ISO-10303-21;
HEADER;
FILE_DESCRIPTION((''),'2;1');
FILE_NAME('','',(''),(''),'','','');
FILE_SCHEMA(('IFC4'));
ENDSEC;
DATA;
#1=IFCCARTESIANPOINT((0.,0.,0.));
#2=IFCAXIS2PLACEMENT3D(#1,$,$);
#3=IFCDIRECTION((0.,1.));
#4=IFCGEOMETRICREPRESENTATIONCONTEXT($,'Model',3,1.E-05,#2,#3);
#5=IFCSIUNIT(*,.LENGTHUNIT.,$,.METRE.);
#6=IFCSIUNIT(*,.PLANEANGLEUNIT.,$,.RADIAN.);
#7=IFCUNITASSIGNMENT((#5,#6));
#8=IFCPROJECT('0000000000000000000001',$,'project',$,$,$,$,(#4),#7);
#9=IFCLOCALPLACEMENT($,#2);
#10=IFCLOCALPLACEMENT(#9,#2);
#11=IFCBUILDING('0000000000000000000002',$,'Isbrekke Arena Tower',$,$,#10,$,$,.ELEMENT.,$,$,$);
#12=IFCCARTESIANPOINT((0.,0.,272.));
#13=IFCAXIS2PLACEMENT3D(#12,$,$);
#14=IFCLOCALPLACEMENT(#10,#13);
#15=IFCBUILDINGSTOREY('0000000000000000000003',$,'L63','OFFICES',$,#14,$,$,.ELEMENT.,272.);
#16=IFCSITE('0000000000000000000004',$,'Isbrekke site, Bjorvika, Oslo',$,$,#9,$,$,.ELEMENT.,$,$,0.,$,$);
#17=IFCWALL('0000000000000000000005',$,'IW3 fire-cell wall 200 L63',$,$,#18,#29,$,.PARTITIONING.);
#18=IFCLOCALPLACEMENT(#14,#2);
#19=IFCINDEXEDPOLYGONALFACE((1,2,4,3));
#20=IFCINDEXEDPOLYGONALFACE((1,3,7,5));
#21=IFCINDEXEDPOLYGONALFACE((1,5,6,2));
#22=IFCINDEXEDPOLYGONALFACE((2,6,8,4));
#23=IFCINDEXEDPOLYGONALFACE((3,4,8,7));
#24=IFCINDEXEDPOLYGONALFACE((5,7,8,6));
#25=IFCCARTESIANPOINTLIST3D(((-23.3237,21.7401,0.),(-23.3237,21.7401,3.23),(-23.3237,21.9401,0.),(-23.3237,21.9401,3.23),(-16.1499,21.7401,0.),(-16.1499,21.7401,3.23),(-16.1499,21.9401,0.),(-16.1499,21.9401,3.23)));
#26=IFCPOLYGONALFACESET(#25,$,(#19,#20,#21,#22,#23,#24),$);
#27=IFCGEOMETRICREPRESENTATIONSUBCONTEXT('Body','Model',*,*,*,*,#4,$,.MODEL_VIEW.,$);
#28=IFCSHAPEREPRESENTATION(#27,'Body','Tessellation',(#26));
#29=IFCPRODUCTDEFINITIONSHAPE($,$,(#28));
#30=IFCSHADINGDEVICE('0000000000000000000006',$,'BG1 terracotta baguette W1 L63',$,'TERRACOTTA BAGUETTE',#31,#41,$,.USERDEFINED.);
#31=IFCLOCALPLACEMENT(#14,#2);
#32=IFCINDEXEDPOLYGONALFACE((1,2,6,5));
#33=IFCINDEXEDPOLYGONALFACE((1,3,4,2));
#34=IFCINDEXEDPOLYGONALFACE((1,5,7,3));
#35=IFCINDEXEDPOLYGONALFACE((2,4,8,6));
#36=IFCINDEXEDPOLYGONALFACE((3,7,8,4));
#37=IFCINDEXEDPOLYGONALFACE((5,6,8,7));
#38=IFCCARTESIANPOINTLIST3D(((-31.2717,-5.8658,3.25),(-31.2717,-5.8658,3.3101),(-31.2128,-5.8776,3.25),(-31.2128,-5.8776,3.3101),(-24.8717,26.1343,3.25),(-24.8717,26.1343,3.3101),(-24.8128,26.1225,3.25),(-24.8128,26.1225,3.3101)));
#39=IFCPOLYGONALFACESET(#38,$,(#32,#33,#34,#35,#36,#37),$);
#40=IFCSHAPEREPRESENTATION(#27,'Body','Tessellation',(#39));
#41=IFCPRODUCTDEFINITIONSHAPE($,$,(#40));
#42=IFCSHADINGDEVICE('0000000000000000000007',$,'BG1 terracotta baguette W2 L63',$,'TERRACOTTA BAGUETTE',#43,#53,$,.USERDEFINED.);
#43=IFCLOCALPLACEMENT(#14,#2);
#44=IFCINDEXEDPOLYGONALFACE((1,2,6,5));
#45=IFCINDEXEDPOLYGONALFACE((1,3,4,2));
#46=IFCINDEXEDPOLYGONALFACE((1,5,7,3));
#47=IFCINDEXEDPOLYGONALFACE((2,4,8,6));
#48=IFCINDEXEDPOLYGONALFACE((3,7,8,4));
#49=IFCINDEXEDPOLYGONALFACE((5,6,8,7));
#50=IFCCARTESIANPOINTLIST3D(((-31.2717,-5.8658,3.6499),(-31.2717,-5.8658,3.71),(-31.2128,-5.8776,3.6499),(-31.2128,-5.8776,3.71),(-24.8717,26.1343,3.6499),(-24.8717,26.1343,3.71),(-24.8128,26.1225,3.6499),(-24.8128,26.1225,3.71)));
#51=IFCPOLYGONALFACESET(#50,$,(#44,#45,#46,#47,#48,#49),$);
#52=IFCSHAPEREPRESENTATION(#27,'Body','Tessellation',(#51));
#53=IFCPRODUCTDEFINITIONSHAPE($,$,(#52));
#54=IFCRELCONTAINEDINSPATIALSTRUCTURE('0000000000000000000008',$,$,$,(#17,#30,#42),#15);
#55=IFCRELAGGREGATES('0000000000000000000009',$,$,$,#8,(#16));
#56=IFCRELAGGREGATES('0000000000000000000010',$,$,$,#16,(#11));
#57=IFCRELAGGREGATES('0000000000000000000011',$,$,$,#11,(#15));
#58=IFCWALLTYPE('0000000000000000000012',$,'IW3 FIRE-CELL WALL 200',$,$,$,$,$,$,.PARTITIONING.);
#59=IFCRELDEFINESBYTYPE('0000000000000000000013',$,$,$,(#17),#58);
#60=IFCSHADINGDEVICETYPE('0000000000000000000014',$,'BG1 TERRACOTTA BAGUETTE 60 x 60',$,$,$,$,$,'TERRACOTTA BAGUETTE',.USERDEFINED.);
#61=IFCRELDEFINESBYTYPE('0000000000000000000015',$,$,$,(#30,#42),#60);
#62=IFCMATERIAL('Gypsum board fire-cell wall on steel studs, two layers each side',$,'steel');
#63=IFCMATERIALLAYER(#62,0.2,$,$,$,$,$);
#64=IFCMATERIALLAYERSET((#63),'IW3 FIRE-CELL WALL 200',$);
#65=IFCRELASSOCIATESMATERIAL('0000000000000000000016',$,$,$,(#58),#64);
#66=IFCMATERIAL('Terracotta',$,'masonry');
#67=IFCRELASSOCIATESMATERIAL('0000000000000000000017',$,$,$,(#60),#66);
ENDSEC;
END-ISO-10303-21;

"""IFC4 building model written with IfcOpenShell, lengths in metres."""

from ifc_helpers import new_model, si_unit, direction, frame, frame_2d, origin, origin_2d, place, context, subcontext, project, spatial, rectangle, extrude, material, layer, layer_set, material_profile, profile_set, type_object, element, save


model = new_model("IFC4")

# Units and contexts
model_context = context("Model", 3, precision=1e-05, world=origin(), true_north=direction((0.0, 1.0)))
body_context = subcontext(model_context, "Body", "Model", "MODEL_VIEW")
ifc_project = project(units=[si_unit("LENGTHUNIT", "METRE"), si_unit("PLANEANGLEUNIT", "RADIAN")], contexts=[model_context])

# Site, building, storey
site_placement = place(None, origin())
site = spatial("IfcSite", under=ifc_project, at=site_placement, Name="Isbrekke site, Bjorvika, Oslo", CompositionType="ELEMENT", RefElevation=0.0)
building_placement = place(site_placement, origin())
building = spatial("IfcBuilding", under=site, at=building_placement, Name="Isbrekke Arena Tower", CompositionType="ELEMENT")
storey_placement = place(building_placement, frame((0.0, 0.0, 272.0)))
storey = spatial("IfcBuildingStorey", under=building, at=storey_placement, Name="L63", Description="OFFICES", CompositionType="ELEMENT", Elevation=272.0)

# Wall
ifc_material_1 = material(Name="Gypsum board fire-cell wall on steel studs, two layers each side", Category="steel")
ifc_layer_1 = layer(ifc_material_1, 0.2)
ifc_layer_set_1 = layer_set([ifc_layer_1], Name="IW3 FIRE-CELL WALL 200")
wall_type = type_object("IfcWallType", Name="IW3 FIRE-CELL WALL 200", PredefinedType="PARTITIONING", material=ifc_layer_set_1)
wall_1_placement = place(storey_placement, frame((-23.3237, 21.8401, 0.0), z_axis=(0.0, 0.0, 1.0), x_axis=(1.0, 0.0, 0.0)))
element("IfcWall", 1, at=wall_1_placement, inside=storey, type_object=wall_type, Name="IW3 fire-cell wall 200 L63", PredefinedType="PARTITIONING", context=body_context, shape_type="SweptSolid", body=[
    extrude(rectangle(XDim=7.1738, YDim=0.2, at=frame_2d((3.5869, 0.0))), origin(), (0.0, 0.0, 1.0), 3.23),
])

# Shading devices
ifc_material_2 = material(Name="Terracotta", Category="masonry")
ifc_material_profile_1 = material_profile(ifc_material_2, rectangle(XDim=0.0601, YDim=0.0601, at=origin_2d()), Name="BAGUETTE 60X60")
ifc_profile_set_1 = profile_set([ifc_material_profile_1], Name="Terracotta")
shading_device_type = type_object("IfcShadingDeviceType", Name="BG1 TERRACOTTA BAGUETTE 60 x 60", ElementType="TERRACOTTA BAGUETTE", PredefinedType="USERDEFINED", material=ifc_profile_set_1)
for number, where, z_axis, x_axis, name in (
    (2, (-24.8423, 26.1284, 3.28), (-0.196113, -0.980581, 0.0), (0.980581, -0.196113, 0.0), "BG1 terracotta baguette W1 L63"),
    (3, (-24.8423, 26.1284, 3.6799), (-0.196113, -0.980581, 0.0), (0.980581, -0.196113, 0.0), "BG1 terracotta baguette W2 L63"),
):
    element("IfcShadingDevice", number, at=place(storey_placement, frame(where, z_axis=z_axis, x_axis=x_axis)), inside=storey, type_object=shading_device_type, Name=name, ObjectType="TERRACOTTA BAGUETTE", PredefinedType="USERDEFINED", context=body_context, shape_type="SweptSolid", body=[
        extrude(rectangle(XDim=0.0601, YDim=0.0601, at=origin_2d()), origin(), (0.0, 0.0, 1.0), 32.6338),
    ])

save(model, "model.ifc")
